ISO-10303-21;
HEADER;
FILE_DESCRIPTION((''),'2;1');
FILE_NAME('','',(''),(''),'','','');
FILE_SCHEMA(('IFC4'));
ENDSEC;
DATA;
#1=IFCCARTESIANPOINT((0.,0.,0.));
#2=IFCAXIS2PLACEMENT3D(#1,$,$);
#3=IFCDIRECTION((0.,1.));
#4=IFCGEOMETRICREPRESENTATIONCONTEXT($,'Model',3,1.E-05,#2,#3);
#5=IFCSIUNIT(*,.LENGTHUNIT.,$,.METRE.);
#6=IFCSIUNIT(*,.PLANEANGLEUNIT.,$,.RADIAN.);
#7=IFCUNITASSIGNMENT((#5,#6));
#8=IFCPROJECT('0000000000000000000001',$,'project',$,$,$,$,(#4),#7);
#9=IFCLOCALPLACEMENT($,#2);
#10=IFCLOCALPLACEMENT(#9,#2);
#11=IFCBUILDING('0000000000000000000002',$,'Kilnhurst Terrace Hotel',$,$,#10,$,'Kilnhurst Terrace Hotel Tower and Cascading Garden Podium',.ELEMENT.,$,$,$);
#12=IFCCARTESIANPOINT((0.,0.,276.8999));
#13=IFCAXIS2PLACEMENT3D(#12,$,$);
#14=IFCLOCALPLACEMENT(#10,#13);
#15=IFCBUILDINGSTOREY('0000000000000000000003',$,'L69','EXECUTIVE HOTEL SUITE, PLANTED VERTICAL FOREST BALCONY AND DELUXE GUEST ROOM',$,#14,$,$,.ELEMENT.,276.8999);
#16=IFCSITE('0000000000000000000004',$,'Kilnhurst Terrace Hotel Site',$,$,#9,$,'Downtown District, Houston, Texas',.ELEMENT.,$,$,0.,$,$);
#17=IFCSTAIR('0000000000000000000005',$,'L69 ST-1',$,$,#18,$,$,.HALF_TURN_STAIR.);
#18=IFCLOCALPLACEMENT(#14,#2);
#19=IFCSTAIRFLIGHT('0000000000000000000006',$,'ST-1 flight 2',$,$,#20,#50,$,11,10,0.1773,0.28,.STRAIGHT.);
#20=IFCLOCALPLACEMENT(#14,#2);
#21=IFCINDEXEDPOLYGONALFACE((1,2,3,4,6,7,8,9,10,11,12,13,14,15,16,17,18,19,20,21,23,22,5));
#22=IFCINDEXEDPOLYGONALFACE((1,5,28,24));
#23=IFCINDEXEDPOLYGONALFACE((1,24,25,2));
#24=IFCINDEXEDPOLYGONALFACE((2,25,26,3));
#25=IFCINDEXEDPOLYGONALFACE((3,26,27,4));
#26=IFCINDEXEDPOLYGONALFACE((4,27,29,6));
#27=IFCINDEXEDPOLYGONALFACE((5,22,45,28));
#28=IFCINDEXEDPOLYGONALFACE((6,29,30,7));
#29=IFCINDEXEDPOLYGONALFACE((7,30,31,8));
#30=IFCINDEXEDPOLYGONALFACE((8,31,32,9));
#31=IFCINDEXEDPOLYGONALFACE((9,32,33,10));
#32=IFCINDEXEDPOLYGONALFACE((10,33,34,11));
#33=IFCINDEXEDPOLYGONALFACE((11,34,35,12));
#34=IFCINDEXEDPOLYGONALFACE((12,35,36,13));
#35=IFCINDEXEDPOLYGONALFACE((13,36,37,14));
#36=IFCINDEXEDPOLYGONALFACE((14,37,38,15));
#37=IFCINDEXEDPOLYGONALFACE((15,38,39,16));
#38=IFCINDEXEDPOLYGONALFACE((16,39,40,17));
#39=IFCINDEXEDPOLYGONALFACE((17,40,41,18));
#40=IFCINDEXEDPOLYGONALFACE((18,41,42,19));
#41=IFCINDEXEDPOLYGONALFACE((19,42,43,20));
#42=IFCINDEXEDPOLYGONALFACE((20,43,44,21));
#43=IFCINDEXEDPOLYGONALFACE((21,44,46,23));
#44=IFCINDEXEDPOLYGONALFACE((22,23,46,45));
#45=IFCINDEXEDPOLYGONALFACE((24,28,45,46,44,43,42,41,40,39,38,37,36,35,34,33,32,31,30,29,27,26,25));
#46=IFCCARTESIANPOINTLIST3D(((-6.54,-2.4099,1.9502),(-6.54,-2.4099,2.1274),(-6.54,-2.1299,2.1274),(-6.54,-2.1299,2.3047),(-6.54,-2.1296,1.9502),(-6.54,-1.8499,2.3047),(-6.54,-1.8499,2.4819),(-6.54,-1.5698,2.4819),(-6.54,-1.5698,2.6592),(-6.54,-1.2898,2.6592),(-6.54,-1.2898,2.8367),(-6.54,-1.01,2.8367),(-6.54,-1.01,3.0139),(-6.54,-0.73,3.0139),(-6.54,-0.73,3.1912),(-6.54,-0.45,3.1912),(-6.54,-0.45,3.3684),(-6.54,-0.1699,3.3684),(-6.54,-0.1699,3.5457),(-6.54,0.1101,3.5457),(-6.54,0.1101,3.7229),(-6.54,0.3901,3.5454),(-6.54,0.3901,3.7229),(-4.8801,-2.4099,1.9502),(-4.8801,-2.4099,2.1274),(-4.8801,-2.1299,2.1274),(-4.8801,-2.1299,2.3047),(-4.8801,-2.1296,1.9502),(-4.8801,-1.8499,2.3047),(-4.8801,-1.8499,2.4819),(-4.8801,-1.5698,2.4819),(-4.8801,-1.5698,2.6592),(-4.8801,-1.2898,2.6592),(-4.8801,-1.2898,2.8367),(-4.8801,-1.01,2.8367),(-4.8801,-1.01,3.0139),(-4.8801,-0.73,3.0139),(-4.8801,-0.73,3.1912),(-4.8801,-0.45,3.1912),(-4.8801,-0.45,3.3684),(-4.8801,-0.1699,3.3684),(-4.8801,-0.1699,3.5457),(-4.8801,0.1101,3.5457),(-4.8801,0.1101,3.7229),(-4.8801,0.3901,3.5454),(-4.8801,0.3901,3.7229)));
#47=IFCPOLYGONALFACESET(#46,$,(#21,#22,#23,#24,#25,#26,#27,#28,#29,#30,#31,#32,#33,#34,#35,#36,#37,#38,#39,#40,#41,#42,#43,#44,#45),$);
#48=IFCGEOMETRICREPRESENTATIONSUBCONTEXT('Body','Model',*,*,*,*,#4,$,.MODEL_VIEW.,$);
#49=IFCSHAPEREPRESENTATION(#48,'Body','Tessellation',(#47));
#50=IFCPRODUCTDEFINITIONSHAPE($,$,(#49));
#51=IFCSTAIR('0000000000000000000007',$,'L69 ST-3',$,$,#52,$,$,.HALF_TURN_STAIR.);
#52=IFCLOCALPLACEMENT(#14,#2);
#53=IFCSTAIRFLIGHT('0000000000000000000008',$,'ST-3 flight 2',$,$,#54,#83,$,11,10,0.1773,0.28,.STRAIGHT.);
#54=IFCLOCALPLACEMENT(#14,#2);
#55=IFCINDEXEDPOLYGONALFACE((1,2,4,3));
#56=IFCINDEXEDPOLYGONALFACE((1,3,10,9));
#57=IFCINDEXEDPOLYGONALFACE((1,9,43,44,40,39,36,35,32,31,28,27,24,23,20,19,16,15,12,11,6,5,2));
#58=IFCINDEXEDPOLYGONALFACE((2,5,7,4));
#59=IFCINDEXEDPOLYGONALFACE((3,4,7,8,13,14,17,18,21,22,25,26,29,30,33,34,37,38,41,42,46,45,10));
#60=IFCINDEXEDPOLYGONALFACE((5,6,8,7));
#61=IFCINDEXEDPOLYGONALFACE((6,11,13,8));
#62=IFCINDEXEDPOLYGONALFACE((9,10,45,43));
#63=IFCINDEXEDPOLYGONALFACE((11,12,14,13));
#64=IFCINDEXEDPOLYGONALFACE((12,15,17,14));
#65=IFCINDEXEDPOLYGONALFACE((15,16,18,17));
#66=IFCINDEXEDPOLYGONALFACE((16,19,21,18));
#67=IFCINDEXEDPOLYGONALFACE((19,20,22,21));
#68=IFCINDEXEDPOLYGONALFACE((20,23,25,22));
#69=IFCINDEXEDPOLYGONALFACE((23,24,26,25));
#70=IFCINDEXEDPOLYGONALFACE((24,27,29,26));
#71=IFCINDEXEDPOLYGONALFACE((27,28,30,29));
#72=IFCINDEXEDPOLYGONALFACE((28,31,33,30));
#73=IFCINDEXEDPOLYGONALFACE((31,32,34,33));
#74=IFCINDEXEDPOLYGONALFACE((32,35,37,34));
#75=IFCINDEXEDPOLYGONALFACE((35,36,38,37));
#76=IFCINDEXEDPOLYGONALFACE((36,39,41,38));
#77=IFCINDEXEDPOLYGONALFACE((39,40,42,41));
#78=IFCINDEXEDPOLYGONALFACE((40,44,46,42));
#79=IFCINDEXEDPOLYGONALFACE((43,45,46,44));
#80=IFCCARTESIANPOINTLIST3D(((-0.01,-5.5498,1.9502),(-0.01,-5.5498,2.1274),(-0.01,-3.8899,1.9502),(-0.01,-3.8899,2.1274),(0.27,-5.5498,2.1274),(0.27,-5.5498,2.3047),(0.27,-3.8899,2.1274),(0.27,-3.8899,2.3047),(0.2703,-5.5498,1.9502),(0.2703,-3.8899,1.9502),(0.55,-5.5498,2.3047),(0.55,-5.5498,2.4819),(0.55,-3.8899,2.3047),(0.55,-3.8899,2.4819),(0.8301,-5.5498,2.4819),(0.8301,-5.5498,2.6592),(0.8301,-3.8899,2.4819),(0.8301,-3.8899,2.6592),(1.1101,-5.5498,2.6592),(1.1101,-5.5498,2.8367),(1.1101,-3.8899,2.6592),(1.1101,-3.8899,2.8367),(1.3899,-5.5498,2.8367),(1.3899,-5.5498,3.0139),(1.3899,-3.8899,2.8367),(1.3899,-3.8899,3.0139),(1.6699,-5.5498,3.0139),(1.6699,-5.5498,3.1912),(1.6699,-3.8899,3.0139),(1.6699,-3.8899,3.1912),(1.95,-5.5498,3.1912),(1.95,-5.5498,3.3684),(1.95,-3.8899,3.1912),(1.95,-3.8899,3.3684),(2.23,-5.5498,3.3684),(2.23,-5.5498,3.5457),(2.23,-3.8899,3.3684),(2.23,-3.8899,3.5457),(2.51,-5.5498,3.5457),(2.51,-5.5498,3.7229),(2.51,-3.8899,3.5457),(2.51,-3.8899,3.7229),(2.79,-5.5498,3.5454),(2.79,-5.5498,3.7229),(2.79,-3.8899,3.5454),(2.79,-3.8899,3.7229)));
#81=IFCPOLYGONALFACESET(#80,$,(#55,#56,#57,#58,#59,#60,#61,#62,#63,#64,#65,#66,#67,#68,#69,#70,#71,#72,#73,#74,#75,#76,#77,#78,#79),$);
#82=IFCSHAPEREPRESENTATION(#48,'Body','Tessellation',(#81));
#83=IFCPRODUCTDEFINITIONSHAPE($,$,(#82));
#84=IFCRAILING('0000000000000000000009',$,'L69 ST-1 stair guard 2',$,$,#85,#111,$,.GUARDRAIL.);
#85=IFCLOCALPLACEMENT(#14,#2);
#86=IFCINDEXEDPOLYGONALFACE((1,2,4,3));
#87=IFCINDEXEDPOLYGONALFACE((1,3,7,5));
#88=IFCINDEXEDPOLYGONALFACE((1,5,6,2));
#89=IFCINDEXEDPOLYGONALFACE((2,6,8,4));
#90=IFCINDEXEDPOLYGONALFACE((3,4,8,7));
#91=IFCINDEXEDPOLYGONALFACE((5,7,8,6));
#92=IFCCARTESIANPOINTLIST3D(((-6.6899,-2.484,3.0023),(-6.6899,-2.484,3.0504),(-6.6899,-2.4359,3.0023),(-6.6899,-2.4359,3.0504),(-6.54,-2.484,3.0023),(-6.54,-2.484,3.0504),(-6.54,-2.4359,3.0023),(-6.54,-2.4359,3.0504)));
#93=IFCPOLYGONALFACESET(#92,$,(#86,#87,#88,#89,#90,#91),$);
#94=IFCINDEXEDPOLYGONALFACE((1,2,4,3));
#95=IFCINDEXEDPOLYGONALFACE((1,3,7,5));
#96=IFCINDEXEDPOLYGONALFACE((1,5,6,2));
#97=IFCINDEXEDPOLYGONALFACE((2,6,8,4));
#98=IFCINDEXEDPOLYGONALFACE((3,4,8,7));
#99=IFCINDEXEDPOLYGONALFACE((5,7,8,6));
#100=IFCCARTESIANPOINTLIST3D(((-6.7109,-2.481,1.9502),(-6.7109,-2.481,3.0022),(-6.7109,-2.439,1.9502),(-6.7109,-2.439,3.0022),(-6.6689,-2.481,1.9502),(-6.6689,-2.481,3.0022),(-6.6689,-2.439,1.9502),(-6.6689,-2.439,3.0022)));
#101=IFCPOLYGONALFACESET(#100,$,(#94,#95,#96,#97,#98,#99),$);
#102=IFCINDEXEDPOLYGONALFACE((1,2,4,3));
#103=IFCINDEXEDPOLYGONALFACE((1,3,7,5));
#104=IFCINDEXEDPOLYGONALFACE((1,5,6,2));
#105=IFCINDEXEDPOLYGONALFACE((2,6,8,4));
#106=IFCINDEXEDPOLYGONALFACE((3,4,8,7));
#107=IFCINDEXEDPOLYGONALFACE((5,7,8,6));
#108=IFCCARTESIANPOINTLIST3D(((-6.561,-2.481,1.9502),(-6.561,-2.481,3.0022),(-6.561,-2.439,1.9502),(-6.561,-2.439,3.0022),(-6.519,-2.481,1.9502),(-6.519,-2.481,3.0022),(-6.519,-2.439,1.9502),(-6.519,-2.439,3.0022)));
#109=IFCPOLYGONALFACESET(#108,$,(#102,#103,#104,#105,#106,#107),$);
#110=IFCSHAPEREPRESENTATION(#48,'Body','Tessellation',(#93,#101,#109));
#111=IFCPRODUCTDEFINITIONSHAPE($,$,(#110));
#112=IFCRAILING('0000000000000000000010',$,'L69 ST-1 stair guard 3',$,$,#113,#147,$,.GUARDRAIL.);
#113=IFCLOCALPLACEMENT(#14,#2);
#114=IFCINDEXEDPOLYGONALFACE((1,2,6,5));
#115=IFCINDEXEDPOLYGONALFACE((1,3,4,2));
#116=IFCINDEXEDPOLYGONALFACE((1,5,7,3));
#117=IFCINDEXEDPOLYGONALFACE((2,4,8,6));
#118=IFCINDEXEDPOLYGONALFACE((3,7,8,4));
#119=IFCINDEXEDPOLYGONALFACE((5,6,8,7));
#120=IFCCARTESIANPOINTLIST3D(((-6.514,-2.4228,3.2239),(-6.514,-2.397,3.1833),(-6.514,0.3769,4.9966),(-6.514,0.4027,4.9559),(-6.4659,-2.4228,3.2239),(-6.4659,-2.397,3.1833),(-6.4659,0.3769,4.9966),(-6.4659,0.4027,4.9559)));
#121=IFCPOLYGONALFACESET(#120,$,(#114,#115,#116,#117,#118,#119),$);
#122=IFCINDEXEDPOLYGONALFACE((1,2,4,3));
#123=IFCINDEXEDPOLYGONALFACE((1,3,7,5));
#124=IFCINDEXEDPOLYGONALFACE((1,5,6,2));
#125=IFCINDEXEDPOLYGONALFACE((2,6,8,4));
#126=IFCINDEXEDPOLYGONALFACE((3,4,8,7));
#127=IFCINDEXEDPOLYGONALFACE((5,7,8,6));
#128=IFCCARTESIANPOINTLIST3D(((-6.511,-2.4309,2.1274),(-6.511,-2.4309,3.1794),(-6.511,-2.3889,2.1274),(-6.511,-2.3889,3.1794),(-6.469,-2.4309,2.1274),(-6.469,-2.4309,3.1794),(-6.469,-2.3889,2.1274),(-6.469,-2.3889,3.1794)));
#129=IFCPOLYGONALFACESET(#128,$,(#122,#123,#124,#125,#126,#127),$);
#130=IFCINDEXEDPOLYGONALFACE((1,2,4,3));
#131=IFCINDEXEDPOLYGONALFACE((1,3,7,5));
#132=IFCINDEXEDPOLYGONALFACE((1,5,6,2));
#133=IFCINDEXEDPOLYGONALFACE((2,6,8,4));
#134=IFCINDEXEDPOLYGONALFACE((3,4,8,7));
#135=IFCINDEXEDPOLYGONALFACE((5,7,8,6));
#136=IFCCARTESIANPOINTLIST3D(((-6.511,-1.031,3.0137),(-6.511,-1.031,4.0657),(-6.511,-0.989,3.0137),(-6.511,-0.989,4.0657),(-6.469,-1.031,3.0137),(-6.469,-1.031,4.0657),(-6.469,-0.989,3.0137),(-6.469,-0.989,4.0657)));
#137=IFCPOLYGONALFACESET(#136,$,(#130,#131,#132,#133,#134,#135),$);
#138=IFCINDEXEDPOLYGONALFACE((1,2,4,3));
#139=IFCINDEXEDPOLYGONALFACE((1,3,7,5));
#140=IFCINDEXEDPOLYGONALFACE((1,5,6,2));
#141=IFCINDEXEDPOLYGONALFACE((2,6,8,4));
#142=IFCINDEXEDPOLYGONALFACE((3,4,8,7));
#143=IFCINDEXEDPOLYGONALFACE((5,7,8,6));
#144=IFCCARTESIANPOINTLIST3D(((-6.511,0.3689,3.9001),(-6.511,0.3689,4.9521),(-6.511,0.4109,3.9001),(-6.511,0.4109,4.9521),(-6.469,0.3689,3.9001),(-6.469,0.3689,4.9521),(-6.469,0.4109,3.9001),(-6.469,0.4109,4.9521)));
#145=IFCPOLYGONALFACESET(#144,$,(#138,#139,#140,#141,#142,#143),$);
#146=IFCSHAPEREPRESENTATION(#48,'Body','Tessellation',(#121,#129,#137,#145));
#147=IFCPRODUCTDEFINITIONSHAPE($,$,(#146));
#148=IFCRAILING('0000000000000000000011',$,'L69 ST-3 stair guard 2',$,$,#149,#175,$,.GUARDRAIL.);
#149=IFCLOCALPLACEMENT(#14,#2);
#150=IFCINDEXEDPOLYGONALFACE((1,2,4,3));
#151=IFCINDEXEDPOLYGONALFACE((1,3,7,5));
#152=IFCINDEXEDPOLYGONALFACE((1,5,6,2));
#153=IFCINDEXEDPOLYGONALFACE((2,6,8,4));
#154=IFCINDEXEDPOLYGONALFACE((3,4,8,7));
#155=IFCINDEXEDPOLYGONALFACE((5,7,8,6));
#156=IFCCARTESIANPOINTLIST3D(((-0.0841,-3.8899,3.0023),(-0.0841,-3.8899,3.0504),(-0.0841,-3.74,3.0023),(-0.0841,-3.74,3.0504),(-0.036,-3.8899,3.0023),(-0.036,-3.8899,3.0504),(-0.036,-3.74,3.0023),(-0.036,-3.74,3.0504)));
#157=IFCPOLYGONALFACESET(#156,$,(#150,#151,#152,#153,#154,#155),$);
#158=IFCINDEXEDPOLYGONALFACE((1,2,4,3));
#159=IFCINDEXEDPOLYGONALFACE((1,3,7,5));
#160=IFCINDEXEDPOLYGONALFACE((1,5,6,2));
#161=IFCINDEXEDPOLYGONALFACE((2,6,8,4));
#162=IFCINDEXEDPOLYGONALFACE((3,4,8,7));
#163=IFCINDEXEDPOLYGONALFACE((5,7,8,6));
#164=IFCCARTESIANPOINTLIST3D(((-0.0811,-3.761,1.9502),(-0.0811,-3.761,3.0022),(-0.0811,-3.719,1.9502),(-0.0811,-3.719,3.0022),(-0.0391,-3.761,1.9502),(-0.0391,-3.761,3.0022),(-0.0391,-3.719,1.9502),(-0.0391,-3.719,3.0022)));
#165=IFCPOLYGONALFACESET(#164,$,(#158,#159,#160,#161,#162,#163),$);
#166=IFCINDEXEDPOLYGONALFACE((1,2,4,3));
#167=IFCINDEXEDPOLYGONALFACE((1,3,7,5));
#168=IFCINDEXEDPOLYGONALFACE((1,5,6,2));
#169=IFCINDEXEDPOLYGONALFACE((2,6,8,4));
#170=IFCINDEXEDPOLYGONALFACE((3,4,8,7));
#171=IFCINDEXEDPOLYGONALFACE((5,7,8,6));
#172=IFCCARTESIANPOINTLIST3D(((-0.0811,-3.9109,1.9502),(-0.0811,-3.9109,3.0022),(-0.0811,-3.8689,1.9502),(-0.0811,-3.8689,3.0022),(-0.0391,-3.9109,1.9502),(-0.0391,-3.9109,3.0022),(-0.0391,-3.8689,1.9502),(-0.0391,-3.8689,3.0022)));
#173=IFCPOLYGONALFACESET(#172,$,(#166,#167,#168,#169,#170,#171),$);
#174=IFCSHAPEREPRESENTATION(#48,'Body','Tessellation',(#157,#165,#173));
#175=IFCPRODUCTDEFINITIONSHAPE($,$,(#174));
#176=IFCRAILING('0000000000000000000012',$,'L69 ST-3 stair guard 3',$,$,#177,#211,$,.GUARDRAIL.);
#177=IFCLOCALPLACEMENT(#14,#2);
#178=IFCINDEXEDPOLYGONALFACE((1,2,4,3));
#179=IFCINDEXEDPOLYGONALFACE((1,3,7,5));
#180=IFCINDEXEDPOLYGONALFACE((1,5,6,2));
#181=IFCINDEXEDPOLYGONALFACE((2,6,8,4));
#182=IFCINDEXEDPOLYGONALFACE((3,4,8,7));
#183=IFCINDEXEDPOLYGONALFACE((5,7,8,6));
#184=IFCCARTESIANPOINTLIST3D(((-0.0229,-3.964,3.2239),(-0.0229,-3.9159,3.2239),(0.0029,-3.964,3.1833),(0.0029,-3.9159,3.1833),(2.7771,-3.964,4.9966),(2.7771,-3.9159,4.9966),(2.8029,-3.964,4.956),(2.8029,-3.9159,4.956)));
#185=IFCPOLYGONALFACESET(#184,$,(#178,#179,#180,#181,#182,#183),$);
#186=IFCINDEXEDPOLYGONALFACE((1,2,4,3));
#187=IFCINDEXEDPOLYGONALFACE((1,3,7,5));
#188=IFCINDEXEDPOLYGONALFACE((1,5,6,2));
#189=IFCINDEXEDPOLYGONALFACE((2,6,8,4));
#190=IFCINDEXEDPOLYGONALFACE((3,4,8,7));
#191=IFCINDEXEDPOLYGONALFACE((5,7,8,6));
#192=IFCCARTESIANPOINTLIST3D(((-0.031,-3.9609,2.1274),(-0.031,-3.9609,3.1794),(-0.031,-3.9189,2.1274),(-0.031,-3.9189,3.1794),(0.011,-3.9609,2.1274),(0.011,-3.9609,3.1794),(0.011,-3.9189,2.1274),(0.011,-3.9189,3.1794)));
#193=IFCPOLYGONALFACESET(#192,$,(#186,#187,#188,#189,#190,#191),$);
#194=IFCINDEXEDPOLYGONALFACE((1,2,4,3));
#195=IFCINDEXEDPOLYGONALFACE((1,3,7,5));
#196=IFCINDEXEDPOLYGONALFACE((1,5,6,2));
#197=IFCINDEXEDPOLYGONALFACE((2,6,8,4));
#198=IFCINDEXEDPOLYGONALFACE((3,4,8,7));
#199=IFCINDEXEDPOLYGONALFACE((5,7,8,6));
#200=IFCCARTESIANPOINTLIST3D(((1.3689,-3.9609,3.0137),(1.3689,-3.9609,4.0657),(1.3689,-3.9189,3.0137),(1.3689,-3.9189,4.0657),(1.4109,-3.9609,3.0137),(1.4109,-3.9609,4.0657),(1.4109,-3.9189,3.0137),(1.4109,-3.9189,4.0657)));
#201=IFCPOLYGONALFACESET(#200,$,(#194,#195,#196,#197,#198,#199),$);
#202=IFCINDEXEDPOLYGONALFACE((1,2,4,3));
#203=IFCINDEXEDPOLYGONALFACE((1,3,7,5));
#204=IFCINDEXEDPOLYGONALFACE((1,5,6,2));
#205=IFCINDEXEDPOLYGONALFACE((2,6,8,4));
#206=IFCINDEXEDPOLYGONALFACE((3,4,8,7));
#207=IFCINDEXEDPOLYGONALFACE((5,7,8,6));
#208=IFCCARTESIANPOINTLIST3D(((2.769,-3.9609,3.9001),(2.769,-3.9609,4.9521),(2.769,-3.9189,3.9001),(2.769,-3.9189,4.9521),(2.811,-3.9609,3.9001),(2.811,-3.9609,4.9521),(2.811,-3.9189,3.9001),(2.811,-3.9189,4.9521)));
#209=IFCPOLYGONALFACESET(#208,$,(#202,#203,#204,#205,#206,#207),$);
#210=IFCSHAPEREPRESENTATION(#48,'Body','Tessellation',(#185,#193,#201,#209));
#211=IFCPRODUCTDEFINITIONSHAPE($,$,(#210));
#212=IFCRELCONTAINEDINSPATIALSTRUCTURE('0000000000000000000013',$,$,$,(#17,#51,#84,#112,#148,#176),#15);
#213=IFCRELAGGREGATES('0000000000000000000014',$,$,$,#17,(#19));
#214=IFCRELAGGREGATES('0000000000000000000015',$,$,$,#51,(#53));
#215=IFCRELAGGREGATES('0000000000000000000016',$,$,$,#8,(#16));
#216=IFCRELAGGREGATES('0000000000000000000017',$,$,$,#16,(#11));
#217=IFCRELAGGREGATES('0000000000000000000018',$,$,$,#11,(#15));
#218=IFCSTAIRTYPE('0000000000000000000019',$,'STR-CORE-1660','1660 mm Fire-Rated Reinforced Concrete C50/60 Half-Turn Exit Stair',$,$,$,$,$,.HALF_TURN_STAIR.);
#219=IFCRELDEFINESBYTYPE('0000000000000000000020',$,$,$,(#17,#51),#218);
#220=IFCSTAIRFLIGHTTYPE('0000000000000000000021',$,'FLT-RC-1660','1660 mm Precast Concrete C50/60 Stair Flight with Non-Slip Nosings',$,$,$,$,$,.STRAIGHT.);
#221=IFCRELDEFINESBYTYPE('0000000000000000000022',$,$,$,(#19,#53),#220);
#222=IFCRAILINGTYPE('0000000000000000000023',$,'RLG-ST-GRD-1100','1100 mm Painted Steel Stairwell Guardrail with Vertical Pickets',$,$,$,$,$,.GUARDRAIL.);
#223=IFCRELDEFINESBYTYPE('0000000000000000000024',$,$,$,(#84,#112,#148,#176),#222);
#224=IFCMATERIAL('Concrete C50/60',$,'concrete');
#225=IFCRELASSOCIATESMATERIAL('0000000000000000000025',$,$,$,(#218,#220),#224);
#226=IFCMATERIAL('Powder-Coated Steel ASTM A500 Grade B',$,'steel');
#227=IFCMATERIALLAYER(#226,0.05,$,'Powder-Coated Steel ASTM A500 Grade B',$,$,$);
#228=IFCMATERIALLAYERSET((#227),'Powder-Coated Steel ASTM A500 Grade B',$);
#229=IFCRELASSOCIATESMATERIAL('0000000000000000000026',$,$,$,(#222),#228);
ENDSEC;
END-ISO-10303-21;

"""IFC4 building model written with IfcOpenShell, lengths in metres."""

from ifc_helpers import new_model, si_unit, direction, frame, origin, origin_2d, place, context, subcontext, project, spatial, polyline, rectangle, outline, extrude, material, layer, layer_set, type_object, element, aggregate, save


model = new_model("IFC4")

# Units and contexts
model_context = context("Model", 3, precision=1e-05, world=origin(), true_north=direction((0.0, 1.0)))
body_context = subcontext(model_context, "Body", "Model", "MODEL_VIEW")
ifc_project = project(units=[si_unit("LENGTHUNIT", "METRE"), si_unit("PLANEANGLEUNIT", "RADIAN")], contexts=[model_context])

# Site, building, storey
site_placement = place(None, origin())
site = spatial("IfcSite", under=ifc_project, at=site_placement, Name="Kilnhurst Terrace Hotel Site", LongName="Downtown District, Houston, Texas", CompositionType="ELEMENT", RefElevation=0.0)
building_placement = place(site_placement, origin())
building = spatial("IfcBuilding", under=site, at=building_placement, Name="Kilnhurst Terrace Hotel", LongName="Kilnhurst Terrace Hotel Tower and Cascading Garden Podium", CompositionType="ELEMENT")
storey_placement = place(building_placement, frame((0.0, 0.0, 276.8999)))
storey = spatial("IfcBuildingStorey", under=building, at=storey_placement, Name="L69", Description="EXECUTIVE HOTEL SUITE, PLANTED VERTICAL FOREST BALCONY AND DELUXE GUEST ROOM", CompositionType="ELEMENT", Elevation=276.8999)

# Shared definitions
ifc_material_1 = material(Name="Concrete C50/60", Category="concrete")

# Stairs, stair flights
stair_type = type_object("IfcStairType", Name="STR-CORE-1660", Description="1660 mm Fire-Rated Reinforced Concrete C50/60 Half-Turn Exit Stair", PredefinedType="HALF_TURN_STAIR", material=ifc_material_1)
stair_1_placement = place(storey_placement, origin())
stair_1 = element("IfcStair", 1, at=stair_1_placement, inside=storey, type_object=stair_type, Name="L69 ST-1", PredefinedType="HALF_TURN_STAIR")
stair_flight_type = type_object("IfcStairFlightType", Name="FLT-RC-1660", Description="1660 mm Precast Concrete C50/60 Stair Flight with Non-Slip Nosings", PredefinedType="STRAIGHT", material=ifc_material_1)
stair_flight_1_placement = place(storey_placement, frame((-5.71, -2.4099, 1.9502), z_axis=(0.0, 0.0, 1.0), x_axis=(0.0, 1.0, 0.0)))
stair_flight_1 = element("IfcStairFlight", 2, at=stair_flight_1_placement, type_object=stair_flight_type, Name="ST-1 flight 2", NumberOfRisers=11, NumberOfTreads=10, PredefinedType="STRAIGHT", RiserHeight=0.1773, TreadLength=0.28, context=body_context, shape_type="SweptSolid", body=[
    extrude(outline(polyline([(0.0, 0.0), (0.0, 0.1772), (0.28, 0.1772), (0.28, 0.3545), (0.5601, 0.3545), (0.5601, 0.5317), (0.8401, 0.5317), (0.8401, 0.709), (1.1201, 0.709), (1.1201, 0.8865), (1.3999, 0.8865), (1.3999, 1.0637), (1.6799, 1.0637), (1.6799, 1.241), (1.96, 1.241), (1.96, 1.4182), (2.24, 1.4182), (2.24, 1.5955), (2.52, 1.5955), (2.52, 1.7727), (2.8, 1.7727), (2.8, 1.95), (2.8, 1.5952), (0.2803, 0.0), (0.0, 0.0)])), frame((0.0, 0.8301, 0.0), z_axis=(0.0, -1.0, 0.0), x_axis=(1.0, 0.0, 0.0)), (0.0, 0.0, 1.0), 1.6599),
])
aggregate(stair_1, [stair_flight_1])
stair_2_placement = place(storey_placement, origin())
stair_2 = element("IfcStair", 3, at=stair_2_placement, inside=storey, type_object=stair_type, Name="L69 ST-3", PredefinedType="HALF_TURN_STAIR")
stair_flight_2_placement = place(storey_placement, frame((-0.01, -4.72, 1.9502), z_axis=(0.0, 0.0, 1.0), x_axis=(1.0, 0.0, 0.0)))
stair_flight_2 = element("IfcStairFlight", 4, at=stair_flight_2_placement, type_object=stair_flight_type, Name="ST-3 flight 2", NumberOfRisers=11, NumberOfTreads=10, PredefinedType="STRAIGHT", RiserHeight=0.1773, TreadLength=0.28, context=body_context, shape_type="SweptSolid", body=[
    extrude(outline(polyline([(0.0, 0.0), (0.0, 0.1772), (0.28, 0.1772), (0.28, 0.3545), (0.5601, 0.3545), (0.5601, 0.5317), (0.8401, 0.5317), (0.8401, 0.709), (1.1201, 0.709), (1.1201, 0.8865), (1.3999, 0.8865), (1.3999, 1.0637), (1.6799, 1.0637), (1.6799, 1.241), (1.96, 1.241), (1.96, 1.4182), (2.24, 1.4182), (2.24, 1.5955), (2.52, 1.5955), (2.52, 1.7727), (2.8, 1.7727), (2.8, 1.95), (2.8, 1.5952), (0.2803, 0.0), (0.0, 0.0)])), frame((0.0, 0.8301, 0.0), z_axis=(0.0, -1.0, 0.0), x_axis=(1.0, 0.0, 0.0)), (0.0, 0.0, 1.0), 1.6599),
])
aggregate(stair_2, [stair_flight_2])

# Railings
ifc_material_2 = material(Name="Powder-Coated Steel ASTM A500 Grade B", Category="steel")
ifc_layer_1 = layer(ifc_material_2, 0.05, Name="Powder-Coated Steel ASTM A500 Grade B")
ifc_layer_set_1 = layer_set([ifc_layer_1], Name="Powder-Coated Steel ASTM A500 Grade B")
railing_type_1 = type_object("IfcRailingType", Name="RLG-ST-GRD-1100", Description="1100 mm Painted Steel Stairwell Guardrail with Vertical Pickets", PredefinedType="GUARDRAIL", material=ifc_layer_set_1)
railing_1_placement = place(storey_placement, frame((-6.6899, -2.46, 1.9502)))
element("IfcRailing", 5, at=railing_1_placement, inside=storey, type_object=railing_type_1, Name="L69 ST-1 stair guard 2", PredefinedType="GUARDRAIL", context=body_context, shape_type="SweptSolid", body=[
    extrude(rectangle(XDim=0.0481, YDim=0.0481, at=origin_2d()), frame((0.0, 0.0, 1.0762), z_axis=(1.0, 0.0, 0.0), x_axis=(0.0, 1.0, 0.0)), (0.0, 0.0, 1.0), 0.1499),
    extrude(rectangle(XDim=0.042, YDim=0.042, at=origin_2d()), origin(), (0.0, 0.0, 1.0), 1.052),
    extrude(rectangle(XDim=0.042, YDim=0.042, at=origin_2d()), frame((0.1499, 0.0, 0.0)), (0.0, 0.0, 1.0), 1.052),
])
railing_2_placement = place(storey_placement, frame((-6.49, -2.4099, 2.1274)))
element("IfcRailing", 6, at=railing_2_placement, inside=storey, type_object=railing_type_1, Name="L69 ST-1 stair guard 3", PredefinedType="GUARDRAIL", context=body_context, shape_type="SweptSolid", body=[
    extrude(rectangle(XDim=0.0481, YDim=0.0481, at=origin_2d()), frame((0.0, 0.0, 1.0762), z_axis=(0.0, 0.844888, 0.534943), x_axis=(-1.0, 0.0, 0.0)), (0.0, 0.0, 1.0), 3.3137),
    extrude(rectangle(XDim=0.042, YDim=0.042, at=origin_2d()), origin(), (0.0, 0.0, 1.0), 1.052),
    extrude(rectangle(XDim=0.042, YDim=0.042, at=origin_2d()), frame((0.0, 1.3999, 0.8862)), (0.0, 0.0, 1.0), 1.052),
    extrude(rectangle(XDim=0.042, YDim=0.042, at=origin_2d()), frame((0.0, 2.7998, 1.7727)), (0.0, 0.0, 1.0), 1.052),
])
railing_3_placement = place(storey_placement, frame((-0.0601, -3.74, 1.9502)))
element("IfcRailing", 7, at=railing_3_placement, inside=storey, type_object=railing_type_1, Name="L69 ST-3 stair guard 2", PredefinedType="GUARDRAIL", context=body_context, shape_type="SweptSolid", body=[
    extrude(rectangle(XDim=0.0481, YDim=0.0481, at=origin_2d()), frame((0.0, 0.0, 1.0762), z_axis=(0.0, -1.0, 0.0), x_axis=(1.0, 0.0, 0.0)), (0.0, 0.0, 1.0), 0.1499),
    extrude(rectangle(XDim=0.042, YDim=0.042, at=origin_2d()), origin(), (0.0, 0.0, 1.0), 1.052),
    extrude(rectangle(XDim=0.042, YDim=0.042, at=origin_2d()), frame((0.0, -0.1499, 0.0)), (0.0, 0.0, 1.0), 1.052),
])
railing_4_placement = place(storey_placement, frame((-0.01, -3.9399, 2.1274)))
element("IfcRailing", 8, at=railing_4_placement, inside=storey, type_object=railing_type_1, Name="L69 ST-3 stair guard 3", PredefinedType="GUARDRAIL", context=body_context, shape_type="SweptSolid", body=[
    extrude(rectangle(XDim=0.0481, YDim=0.0481, at=origin_2d()), frame((0.0, 0.0, 1.0762), z_axis=(0.844909, 0.0, 0.53491), x_axis=(0.0, 1.0, 0.0)), (0.0, 0.0, 1.0), 3.314),
    extrude(rectangle(XDim=0.042, YDim=0.042, at=origin_2d()), origin(), (0.0, 0.0, 1.0), 1.052),
    extrude(rectangle(XDim=0.042, YDim=0.042, at=origin_2d()), frame((1.3999, 0.0, 0.8862)), (0.0, 0.0, 1.0), 1.052),
    extrude(rectangle(XDim=0.042, YDim=0.042, at=origin_2d()), frame((2.8, 0.0, 1.7727)), (0.0, 0.0, 1.0), 1.052),
])

save(model, "model.ifc")
